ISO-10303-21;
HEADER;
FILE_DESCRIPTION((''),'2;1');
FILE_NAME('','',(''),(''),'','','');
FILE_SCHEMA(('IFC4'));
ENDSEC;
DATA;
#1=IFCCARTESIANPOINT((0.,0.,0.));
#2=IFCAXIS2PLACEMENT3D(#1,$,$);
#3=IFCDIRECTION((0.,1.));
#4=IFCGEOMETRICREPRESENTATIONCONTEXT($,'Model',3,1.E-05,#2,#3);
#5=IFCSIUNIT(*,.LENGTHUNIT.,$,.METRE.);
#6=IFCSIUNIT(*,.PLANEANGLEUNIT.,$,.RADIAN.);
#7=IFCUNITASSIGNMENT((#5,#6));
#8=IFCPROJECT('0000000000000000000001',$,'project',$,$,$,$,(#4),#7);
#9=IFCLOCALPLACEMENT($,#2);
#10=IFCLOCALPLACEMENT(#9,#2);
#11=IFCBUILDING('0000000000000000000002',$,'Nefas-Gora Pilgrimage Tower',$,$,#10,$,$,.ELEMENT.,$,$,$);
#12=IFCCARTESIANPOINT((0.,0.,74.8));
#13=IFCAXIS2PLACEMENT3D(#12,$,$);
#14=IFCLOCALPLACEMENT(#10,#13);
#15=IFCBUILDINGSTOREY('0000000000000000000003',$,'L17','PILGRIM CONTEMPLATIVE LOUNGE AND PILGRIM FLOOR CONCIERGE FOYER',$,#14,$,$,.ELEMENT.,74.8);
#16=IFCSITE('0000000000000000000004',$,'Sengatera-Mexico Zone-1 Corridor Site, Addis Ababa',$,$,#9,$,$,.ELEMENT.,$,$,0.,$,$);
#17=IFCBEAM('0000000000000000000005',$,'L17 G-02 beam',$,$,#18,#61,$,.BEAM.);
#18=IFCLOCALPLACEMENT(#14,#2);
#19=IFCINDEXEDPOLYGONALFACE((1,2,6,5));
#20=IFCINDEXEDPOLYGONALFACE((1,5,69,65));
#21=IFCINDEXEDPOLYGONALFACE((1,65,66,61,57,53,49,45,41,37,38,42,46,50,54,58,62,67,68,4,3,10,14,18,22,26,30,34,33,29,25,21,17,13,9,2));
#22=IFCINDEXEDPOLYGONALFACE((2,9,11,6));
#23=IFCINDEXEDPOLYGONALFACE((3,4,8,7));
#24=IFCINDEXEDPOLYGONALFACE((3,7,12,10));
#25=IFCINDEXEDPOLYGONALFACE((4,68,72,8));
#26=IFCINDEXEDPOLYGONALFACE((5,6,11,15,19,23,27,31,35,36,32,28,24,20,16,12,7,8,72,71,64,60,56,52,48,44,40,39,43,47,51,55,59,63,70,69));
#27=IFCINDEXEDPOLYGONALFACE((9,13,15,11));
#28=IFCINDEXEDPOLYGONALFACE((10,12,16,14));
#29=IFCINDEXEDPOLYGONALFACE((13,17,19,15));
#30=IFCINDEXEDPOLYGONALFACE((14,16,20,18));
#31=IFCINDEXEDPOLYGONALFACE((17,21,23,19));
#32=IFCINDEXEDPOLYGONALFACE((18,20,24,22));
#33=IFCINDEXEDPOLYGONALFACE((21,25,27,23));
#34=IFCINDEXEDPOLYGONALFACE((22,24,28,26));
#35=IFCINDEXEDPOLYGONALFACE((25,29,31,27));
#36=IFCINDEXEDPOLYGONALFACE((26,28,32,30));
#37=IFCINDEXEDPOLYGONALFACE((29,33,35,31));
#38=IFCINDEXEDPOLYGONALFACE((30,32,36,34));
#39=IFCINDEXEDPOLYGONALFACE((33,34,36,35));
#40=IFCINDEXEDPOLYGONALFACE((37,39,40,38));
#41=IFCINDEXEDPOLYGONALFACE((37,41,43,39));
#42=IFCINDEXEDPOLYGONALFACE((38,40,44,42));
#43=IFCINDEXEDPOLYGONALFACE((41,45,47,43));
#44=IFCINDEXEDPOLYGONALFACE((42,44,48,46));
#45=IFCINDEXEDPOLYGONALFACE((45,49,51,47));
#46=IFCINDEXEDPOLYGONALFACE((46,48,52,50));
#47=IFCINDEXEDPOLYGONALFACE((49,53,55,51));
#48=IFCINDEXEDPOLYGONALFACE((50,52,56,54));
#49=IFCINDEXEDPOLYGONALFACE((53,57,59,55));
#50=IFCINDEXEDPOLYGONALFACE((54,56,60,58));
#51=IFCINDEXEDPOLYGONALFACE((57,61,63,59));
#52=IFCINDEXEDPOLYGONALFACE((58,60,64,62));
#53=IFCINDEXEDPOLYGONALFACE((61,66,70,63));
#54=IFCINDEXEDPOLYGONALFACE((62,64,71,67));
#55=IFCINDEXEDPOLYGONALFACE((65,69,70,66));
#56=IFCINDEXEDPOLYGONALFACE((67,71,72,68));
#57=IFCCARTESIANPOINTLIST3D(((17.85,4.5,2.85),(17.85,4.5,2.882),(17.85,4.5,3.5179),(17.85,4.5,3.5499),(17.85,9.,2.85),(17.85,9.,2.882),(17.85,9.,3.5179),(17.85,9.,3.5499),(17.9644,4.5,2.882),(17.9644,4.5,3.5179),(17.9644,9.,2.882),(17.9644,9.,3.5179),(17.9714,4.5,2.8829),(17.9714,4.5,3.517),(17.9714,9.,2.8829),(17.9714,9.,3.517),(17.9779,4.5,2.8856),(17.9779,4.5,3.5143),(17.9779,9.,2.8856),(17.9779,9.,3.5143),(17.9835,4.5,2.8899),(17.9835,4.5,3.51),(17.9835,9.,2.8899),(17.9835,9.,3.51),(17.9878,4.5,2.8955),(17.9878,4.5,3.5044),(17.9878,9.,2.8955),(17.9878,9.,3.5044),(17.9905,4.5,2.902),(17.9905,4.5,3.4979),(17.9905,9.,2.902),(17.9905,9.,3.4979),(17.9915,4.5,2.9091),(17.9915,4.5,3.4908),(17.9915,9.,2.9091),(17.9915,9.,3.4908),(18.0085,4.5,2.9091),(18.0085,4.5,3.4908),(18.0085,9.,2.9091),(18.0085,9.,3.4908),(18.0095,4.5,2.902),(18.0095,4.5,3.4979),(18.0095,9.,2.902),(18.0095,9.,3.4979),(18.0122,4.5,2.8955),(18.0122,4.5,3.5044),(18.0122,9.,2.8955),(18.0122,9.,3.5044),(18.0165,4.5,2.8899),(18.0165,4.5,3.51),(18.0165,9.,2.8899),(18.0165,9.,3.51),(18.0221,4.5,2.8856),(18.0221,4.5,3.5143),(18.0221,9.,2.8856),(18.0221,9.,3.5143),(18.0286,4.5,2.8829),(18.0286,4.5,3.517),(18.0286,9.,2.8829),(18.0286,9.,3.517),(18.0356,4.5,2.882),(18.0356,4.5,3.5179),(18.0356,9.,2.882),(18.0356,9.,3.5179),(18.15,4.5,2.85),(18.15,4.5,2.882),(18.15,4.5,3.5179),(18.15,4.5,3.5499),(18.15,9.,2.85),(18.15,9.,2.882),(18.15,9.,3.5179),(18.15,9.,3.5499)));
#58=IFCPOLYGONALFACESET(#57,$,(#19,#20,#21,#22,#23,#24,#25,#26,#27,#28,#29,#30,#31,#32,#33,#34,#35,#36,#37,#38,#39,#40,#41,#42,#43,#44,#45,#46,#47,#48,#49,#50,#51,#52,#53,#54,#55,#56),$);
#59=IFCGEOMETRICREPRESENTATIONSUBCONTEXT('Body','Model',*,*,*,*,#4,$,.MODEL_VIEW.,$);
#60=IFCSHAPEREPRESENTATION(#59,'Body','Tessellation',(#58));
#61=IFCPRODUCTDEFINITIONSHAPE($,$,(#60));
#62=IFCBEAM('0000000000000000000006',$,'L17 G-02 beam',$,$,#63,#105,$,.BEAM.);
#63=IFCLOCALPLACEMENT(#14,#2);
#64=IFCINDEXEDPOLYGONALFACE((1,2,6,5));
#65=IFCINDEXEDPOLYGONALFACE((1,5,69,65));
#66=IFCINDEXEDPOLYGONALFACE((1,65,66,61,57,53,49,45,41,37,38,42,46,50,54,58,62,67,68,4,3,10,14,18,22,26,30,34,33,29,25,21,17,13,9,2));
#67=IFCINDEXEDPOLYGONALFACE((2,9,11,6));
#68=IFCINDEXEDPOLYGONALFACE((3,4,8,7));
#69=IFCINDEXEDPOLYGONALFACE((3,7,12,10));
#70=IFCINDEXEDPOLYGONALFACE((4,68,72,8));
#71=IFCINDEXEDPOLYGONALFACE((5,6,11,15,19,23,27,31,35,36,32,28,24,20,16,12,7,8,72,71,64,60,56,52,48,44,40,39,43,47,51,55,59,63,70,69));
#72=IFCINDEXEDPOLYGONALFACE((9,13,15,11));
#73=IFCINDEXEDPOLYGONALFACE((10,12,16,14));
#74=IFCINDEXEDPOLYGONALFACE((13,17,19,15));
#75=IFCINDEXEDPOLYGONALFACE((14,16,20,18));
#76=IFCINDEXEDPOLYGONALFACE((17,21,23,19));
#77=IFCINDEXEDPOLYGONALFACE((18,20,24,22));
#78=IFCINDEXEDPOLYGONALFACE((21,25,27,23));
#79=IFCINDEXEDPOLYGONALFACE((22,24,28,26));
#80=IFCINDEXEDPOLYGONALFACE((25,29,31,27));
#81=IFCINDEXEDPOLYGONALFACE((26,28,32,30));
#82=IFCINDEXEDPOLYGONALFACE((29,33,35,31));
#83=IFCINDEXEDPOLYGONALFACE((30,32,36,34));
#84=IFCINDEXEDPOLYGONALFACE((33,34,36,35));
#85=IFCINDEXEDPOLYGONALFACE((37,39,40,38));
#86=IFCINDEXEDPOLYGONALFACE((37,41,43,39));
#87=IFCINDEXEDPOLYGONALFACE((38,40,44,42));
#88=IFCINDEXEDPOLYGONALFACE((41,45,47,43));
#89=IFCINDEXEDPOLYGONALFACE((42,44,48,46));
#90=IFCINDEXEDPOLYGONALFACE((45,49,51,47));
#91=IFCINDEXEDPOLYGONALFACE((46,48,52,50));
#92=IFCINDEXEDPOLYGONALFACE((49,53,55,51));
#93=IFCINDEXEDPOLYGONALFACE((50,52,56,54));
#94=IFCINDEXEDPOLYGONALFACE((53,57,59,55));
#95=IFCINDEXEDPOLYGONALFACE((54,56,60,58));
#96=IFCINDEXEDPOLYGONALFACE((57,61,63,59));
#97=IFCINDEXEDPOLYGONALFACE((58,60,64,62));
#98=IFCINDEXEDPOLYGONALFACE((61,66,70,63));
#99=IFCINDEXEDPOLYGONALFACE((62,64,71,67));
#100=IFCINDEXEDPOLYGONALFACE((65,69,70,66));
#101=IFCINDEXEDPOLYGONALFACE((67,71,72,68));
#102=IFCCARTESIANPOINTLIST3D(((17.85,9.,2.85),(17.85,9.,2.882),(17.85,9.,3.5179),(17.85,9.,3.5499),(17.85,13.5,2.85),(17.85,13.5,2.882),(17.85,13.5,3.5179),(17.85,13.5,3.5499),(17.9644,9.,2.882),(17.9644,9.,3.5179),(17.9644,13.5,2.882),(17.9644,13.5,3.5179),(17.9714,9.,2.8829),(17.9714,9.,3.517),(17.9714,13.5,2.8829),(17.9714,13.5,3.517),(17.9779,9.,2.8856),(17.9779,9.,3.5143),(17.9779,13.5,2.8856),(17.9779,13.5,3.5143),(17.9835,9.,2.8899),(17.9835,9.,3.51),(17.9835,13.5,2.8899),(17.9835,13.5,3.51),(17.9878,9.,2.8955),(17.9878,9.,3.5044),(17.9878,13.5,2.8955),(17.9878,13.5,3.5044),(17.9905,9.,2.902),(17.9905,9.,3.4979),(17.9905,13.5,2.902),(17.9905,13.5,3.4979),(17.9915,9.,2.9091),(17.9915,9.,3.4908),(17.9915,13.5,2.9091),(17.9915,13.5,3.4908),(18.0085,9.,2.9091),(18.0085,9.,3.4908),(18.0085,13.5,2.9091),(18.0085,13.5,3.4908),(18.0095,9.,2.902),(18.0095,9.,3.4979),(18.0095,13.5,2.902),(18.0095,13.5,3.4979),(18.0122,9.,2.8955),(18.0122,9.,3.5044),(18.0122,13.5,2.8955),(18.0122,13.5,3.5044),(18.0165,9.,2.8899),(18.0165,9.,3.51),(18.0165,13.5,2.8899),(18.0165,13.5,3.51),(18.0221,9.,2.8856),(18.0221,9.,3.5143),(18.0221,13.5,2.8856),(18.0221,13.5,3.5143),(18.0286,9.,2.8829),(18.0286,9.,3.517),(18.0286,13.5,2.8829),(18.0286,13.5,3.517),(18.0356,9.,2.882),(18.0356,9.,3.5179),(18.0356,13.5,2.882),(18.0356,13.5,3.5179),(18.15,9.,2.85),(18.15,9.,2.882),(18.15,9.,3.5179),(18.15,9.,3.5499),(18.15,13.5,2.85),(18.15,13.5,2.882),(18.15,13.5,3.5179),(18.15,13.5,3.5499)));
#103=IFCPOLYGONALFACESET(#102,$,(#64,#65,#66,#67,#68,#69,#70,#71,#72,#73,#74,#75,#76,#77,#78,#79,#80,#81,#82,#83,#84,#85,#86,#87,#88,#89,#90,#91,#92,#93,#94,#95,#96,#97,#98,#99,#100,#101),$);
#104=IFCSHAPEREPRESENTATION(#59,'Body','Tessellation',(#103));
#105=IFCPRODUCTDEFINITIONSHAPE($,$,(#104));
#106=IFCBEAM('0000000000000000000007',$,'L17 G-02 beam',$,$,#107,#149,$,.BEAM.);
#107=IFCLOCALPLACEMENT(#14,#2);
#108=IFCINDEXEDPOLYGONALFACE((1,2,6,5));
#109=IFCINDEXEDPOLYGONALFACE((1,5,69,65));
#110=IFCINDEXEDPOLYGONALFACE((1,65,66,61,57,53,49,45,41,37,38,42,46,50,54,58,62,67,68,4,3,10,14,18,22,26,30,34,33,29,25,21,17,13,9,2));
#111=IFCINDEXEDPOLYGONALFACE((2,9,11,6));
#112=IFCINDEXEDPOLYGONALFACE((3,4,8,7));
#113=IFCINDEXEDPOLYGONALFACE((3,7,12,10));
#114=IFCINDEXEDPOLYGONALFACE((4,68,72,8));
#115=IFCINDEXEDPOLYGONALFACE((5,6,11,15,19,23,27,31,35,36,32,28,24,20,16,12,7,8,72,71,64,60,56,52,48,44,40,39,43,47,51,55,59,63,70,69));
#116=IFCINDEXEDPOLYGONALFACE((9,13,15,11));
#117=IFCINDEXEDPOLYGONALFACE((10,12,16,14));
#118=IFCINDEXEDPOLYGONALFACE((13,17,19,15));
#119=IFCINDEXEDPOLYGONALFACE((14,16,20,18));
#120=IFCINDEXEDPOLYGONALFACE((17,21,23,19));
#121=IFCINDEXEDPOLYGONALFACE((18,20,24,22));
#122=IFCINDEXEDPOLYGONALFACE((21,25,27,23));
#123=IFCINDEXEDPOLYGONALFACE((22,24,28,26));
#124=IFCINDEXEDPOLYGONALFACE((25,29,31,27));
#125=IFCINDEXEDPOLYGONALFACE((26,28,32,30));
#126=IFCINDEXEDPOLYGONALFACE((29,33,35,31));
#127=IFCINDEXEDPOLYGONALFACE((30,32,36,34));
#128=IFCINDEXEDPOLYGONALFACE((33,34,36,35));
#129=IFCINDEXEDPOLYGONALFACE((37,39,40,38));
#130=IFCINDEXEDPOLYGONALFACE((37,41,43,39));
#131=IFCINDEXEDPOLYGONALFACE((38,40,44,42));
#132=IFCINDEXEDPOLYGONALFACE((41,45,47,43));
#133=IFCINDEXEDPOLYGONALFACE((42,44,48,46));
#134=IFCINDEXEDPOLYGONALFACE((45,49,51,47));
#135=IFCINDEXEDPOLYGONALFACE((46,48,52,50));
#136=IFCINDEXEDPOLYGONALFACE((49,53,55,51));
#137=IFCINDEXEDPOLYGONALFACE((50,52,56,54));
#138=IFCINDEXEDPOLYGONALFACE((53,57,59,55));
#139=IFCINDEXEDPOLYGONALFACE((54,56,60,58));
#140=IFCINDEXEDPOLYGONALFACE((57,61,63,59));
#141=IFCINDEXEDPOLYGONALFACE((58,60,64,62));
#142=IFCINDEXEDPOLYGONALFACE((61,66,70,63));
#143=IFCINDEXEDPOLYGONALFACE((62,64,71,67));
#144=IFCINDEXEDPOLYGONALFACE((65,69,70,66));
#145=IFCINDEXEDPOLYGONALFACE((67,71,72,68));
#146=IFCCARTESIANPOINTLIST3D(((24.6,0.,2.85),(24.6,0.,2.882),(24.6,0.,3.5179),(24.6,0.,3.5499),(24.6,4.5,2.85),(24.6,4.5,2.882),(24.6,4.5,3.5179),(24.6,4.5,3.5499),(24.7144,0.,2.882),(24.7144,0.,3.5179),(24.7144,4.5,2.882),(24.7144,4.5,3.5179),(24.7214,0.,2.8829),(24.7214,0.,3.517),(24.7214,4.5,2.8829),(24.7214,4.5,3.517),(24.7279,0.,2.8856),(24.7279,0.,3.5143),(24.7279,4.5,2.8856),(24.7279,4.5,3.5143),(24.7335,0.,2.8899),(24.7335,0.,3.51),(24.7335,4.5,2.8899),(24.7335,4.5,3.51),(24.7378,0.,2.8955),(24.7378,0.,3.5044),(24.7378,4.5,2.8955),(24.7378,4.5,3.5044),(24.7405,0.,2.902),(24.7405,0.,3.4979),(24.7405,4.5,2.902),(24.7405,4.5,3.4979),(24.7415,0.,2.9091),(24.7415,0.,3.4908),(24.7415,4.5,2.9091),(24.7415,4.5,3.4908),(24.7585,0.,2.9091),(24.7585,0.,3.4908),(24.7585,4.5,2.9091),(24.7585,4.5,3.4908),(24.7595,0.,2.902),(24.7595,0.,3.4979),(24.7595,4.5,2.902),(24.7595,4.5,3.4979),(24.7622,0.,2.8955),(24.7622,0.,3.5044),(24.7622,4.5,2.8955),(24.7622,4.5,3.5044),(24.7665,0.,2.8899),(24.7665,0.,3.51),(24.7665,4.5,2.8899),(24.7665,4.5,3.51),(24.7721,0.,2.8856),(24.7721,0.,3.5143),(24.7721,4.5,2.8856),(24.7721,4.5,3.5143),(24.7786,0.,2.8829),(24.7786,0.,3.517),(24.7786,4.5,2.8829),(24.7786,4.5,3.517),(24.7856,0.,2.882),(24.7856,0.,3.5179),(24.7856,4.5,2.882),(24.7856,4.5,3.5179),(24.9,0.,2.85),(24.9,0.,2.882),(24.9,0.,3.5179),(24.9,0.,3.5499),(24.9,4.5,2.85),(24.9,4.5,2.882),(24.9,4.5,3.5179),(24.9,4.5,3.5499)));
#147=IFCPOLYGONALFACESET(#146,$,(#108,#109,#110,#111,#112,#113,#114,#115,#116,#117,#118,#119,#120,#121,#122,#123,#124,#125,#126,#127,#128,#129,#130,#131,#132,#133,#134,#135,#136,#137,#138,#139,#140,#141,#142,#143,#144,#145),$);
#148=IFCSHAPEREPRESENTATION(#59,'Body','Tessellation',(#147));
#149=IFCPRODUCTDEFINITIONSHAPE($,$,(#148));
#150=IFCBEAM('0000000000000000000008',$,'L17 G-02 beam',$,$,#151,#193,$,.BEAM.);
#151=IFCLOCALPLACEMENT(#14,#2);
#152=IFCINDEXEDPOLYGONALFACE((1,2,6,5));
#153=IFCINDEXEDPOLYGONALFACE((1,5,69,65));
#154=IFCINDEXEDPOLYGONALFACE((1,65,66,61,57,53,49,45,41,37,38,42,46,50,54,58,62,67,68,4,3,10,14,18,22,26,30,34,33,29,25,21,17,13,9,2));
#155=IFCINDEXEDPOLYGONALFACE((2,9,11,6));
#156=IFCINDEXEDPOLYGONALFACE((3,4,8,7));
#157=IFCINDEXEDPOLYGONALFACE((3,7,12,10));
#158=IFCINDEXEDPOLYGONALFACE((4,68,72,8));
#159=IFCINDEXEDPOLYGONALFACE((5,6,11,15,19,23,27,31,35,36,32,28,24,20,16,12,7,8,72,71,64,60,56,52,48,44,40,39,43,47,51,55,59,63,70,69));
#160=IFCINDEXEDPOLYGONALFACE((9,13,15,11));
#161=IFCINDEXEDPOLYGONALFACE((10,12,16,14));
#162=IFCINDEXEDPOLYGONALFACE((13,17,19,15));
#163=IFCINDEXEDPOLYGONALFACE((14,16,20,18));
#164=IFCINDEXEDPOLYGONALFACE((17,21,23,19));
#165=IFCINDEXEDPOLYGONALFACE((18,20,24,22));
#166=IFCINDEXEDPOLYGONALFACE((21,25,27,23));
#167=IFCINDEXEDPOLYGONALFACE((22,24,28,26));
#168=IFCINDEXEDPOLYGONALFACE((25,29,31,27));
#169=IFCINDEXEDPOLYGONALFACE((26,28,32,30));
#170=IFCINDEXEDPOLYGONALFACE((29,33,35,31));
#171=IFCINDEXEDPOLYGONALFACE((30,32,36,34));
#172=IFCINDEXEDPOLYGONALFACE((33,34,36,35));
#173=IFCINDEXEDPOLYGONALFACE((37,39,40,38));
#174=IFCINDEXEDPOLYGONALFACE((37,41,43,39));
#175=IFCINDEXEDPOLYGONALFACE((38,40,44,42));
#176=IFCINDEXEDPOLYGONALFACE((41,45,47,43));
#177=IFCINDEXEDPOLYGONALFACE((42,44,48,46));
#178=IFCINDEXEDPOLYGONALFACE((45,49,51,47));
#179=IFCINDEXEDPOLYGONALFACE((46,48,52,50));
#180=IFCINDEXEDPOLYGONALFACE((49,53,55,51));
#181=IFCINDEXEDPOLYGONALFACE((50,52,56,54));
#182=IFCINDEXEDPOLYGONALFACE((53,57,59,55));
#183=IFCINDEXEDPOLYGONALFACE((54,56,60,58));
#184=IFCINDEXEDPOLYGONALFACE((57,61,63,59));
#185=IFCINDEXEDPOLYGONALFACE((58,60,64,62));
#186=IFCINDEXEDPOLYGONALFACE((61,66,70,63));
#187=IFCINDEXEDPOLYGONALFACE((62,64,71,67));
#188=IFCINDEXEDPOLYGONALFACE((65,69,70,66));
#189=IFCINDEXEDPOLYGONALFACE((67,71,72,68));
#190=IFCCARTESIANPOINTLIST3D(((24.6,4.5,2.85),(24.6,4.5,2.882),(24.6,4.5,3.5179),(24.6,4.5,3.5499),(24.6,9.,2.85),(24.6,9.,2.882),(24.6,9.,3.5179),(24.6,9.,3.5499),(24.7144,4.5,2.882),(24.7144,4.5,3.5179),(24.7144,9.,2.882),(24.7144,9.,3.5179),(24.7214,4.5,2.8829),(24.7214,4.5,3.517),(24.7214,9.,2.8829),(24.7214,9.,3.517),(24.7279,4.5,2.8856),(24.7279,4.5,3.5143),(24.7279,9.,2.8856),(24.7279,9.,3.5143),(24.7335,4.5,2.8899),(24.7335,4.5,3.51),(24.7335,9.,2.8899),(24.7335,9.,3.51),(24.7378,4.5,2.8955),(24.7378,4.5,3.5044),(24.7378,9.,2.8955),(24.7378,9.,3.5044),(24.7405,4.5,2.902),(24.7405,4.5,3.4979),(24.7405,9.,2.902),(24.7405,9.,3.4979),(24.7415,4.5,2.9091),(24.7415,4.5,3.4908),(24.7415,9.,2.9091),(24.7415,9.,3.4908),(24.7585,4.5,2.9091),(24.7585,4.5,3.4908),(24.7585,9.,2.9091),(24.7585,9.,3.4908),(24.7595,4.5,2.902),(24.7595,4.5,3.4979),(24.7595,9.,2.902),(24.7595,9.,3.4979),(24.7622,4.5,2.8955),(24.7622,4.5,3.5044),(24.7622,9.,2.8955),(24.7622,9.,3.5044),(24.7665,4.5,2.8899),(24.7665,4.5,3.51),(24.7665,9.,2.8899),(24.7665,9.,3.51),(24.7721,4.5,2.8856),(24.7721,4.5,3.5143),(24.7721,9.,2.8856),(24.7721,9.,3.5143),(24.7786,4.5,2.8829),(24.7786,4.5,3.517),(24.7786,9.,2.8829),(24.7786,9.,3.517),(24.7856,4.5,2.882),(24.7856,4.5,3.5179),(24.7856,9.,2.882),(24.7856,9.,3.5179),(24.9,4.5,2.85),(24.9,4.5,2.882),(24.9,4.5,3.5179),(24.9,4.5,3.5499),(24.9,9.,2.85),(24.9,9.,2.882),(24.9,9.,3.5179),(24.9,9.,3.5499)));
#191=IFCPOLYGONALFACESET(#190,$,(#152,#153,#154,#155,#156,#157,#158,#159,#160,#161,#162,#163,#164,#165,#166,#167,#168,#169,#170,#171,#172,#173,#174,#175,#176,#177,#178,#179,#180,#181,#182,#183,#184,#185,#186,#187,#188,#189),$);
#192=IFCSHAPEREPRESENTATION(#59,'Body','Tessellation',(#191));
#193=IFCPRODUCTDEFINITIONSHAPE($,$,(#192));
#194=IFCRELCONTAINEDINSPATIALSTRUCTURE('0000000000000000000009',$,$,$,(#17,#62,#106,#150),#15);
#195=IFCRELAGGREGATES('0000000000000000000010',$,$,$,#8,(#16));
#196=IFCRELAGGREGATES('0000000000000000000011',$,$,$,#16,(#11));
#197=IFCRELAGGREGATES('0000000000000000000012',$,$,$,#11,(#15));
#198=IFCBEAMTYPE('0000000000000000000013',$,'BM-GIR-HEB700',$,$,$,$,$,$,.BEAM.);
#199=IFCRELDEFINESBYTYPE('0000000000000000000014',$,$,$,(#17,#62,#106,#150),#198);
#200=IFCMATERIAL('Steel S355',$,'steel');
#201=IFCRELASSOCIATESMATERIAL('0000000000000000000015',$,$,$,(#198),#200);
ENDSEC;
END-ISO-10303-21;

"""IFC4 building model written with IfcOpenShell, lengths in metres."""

from ifc_helpers import new_model, si_unit, direction, frame, origin, origin_2d, place, context, subcontext, project, spatial, i_section, extrude, source, transform, mapped, material, material_profile, profile_set, type_object, element, save


model = new_model("IFC4")

# Units and contexts
model_context = context("Model", 3, precision=1e-05, world=origin(), true_north=direction((0.0, 1.0)))
body_context = subcontext(model_context, "Body", "Model", "MODEL_VIEW")
ifc_project = project(units=[si_unit("LENGTHUNIT", "METRE"), si_unit("PLANEANGLEUNIT", "RADIAN")], contexts=[model_context])

# Site, building, storey
site_placement = place(None, origin())
site = spatial("IfcSite", under=ifc_project, at=site_placement, Name="Sengatera-Mexico Zone-1 Corridor Site, Addis Ababa", CompositionType="ELEMENT", RefElevation=0.0)
building_placement = place(site_placement, origin())
building = spatial("IfcBuilding", under=site, at=building_placement, Name="Nefas-Gora Pilgrimage Tower", CompositionType="ELEMENT")
storey_placement = place(building_placement, frame((0.0, 0.0, 74.8)))
storey = spatial("IfcBuildingStorey", under=building, at=storey_placement, Name="L17", Description="PILGRIM CONTEMPLATIVE LOUNGE AND PILGRIM FLOOR CONCIERGE FOYER", CompositionType="ELEMENT", Elevation=74.8)

# Beams
ifc_material_1 = material(Name="Steel S355", Category="steel")
ifc_material_profile_1 = material_profile(ifc_material_1, i_section(OverallWidth=0.3, OverallDepth=0.7, WebThickness=0.0171, FlangeThickness=0.032, FilletRadius=0.0271, at=origin_2d()), Name="HEB 700")
ifc_profile_set_1 = profile_set([ifc_material_profile_1], Name="Steel S355")
beam_type_1 = type_object("IfcBeamType", Name="BM-GIR-HEB700", PredefinedType="BEAM", material=ifc_profile_set_1)
shared_shape_1 = source(origin(), body_context, "Body", "SweptSolid", [
    extrude(i_section(OverallWidth=0.3, OverallDepth=0.7, WebThickness=0.0171, FlangeThickness=0.032, FilletRadius=0.0271, at=origin_2d()), origin(), (0.0, 0.0, 1.0), 4.5),
])
for number, where, z_axis, x_axis, name in (
    (1, (18.0, 4.5, 3.2), (0.0, 1.0, 0.0), (-1.0, 0.0, 0.0), "L17 G-02 beam"),
    (2, (18.0, 9.0, 3.2), (0.0, 1.0, 0.0), (-1.0, 0.0, 0.0), "L17 G-02 beam"),
    (3, (24.75, 0.0, 3.2), (0.0, 1.0, 0.0), (-1.0, 0.0, 0.0), "L17 G-02 beam"),
    (4, (24.75, 4.5, 3.2), (0.0, 1.0, 0.0), (-1.0, 0.0, 0.0), "L17 G-02 beam"),
):
    element("IfcBeam", number, at=place(storey_placement, frame(where, z_axis=z_axis, x_axis=x_axis)), inside=storey, type_object=beam_type_1, Name=name, PredefinedType="BEAM", context=body_context, shape_type="MappedRepresentation", body=[
        mapped(shared_shape_1, transform((0.0, 0.0, 0.0), x_axis=(1.0, 0.0, 0.0), y_axis=(0.0, 1.0, 0.0), z_axis=(0.0, 0.0, 1.0), scale=1.0)),
    ])

save(model, "model.ifc")
